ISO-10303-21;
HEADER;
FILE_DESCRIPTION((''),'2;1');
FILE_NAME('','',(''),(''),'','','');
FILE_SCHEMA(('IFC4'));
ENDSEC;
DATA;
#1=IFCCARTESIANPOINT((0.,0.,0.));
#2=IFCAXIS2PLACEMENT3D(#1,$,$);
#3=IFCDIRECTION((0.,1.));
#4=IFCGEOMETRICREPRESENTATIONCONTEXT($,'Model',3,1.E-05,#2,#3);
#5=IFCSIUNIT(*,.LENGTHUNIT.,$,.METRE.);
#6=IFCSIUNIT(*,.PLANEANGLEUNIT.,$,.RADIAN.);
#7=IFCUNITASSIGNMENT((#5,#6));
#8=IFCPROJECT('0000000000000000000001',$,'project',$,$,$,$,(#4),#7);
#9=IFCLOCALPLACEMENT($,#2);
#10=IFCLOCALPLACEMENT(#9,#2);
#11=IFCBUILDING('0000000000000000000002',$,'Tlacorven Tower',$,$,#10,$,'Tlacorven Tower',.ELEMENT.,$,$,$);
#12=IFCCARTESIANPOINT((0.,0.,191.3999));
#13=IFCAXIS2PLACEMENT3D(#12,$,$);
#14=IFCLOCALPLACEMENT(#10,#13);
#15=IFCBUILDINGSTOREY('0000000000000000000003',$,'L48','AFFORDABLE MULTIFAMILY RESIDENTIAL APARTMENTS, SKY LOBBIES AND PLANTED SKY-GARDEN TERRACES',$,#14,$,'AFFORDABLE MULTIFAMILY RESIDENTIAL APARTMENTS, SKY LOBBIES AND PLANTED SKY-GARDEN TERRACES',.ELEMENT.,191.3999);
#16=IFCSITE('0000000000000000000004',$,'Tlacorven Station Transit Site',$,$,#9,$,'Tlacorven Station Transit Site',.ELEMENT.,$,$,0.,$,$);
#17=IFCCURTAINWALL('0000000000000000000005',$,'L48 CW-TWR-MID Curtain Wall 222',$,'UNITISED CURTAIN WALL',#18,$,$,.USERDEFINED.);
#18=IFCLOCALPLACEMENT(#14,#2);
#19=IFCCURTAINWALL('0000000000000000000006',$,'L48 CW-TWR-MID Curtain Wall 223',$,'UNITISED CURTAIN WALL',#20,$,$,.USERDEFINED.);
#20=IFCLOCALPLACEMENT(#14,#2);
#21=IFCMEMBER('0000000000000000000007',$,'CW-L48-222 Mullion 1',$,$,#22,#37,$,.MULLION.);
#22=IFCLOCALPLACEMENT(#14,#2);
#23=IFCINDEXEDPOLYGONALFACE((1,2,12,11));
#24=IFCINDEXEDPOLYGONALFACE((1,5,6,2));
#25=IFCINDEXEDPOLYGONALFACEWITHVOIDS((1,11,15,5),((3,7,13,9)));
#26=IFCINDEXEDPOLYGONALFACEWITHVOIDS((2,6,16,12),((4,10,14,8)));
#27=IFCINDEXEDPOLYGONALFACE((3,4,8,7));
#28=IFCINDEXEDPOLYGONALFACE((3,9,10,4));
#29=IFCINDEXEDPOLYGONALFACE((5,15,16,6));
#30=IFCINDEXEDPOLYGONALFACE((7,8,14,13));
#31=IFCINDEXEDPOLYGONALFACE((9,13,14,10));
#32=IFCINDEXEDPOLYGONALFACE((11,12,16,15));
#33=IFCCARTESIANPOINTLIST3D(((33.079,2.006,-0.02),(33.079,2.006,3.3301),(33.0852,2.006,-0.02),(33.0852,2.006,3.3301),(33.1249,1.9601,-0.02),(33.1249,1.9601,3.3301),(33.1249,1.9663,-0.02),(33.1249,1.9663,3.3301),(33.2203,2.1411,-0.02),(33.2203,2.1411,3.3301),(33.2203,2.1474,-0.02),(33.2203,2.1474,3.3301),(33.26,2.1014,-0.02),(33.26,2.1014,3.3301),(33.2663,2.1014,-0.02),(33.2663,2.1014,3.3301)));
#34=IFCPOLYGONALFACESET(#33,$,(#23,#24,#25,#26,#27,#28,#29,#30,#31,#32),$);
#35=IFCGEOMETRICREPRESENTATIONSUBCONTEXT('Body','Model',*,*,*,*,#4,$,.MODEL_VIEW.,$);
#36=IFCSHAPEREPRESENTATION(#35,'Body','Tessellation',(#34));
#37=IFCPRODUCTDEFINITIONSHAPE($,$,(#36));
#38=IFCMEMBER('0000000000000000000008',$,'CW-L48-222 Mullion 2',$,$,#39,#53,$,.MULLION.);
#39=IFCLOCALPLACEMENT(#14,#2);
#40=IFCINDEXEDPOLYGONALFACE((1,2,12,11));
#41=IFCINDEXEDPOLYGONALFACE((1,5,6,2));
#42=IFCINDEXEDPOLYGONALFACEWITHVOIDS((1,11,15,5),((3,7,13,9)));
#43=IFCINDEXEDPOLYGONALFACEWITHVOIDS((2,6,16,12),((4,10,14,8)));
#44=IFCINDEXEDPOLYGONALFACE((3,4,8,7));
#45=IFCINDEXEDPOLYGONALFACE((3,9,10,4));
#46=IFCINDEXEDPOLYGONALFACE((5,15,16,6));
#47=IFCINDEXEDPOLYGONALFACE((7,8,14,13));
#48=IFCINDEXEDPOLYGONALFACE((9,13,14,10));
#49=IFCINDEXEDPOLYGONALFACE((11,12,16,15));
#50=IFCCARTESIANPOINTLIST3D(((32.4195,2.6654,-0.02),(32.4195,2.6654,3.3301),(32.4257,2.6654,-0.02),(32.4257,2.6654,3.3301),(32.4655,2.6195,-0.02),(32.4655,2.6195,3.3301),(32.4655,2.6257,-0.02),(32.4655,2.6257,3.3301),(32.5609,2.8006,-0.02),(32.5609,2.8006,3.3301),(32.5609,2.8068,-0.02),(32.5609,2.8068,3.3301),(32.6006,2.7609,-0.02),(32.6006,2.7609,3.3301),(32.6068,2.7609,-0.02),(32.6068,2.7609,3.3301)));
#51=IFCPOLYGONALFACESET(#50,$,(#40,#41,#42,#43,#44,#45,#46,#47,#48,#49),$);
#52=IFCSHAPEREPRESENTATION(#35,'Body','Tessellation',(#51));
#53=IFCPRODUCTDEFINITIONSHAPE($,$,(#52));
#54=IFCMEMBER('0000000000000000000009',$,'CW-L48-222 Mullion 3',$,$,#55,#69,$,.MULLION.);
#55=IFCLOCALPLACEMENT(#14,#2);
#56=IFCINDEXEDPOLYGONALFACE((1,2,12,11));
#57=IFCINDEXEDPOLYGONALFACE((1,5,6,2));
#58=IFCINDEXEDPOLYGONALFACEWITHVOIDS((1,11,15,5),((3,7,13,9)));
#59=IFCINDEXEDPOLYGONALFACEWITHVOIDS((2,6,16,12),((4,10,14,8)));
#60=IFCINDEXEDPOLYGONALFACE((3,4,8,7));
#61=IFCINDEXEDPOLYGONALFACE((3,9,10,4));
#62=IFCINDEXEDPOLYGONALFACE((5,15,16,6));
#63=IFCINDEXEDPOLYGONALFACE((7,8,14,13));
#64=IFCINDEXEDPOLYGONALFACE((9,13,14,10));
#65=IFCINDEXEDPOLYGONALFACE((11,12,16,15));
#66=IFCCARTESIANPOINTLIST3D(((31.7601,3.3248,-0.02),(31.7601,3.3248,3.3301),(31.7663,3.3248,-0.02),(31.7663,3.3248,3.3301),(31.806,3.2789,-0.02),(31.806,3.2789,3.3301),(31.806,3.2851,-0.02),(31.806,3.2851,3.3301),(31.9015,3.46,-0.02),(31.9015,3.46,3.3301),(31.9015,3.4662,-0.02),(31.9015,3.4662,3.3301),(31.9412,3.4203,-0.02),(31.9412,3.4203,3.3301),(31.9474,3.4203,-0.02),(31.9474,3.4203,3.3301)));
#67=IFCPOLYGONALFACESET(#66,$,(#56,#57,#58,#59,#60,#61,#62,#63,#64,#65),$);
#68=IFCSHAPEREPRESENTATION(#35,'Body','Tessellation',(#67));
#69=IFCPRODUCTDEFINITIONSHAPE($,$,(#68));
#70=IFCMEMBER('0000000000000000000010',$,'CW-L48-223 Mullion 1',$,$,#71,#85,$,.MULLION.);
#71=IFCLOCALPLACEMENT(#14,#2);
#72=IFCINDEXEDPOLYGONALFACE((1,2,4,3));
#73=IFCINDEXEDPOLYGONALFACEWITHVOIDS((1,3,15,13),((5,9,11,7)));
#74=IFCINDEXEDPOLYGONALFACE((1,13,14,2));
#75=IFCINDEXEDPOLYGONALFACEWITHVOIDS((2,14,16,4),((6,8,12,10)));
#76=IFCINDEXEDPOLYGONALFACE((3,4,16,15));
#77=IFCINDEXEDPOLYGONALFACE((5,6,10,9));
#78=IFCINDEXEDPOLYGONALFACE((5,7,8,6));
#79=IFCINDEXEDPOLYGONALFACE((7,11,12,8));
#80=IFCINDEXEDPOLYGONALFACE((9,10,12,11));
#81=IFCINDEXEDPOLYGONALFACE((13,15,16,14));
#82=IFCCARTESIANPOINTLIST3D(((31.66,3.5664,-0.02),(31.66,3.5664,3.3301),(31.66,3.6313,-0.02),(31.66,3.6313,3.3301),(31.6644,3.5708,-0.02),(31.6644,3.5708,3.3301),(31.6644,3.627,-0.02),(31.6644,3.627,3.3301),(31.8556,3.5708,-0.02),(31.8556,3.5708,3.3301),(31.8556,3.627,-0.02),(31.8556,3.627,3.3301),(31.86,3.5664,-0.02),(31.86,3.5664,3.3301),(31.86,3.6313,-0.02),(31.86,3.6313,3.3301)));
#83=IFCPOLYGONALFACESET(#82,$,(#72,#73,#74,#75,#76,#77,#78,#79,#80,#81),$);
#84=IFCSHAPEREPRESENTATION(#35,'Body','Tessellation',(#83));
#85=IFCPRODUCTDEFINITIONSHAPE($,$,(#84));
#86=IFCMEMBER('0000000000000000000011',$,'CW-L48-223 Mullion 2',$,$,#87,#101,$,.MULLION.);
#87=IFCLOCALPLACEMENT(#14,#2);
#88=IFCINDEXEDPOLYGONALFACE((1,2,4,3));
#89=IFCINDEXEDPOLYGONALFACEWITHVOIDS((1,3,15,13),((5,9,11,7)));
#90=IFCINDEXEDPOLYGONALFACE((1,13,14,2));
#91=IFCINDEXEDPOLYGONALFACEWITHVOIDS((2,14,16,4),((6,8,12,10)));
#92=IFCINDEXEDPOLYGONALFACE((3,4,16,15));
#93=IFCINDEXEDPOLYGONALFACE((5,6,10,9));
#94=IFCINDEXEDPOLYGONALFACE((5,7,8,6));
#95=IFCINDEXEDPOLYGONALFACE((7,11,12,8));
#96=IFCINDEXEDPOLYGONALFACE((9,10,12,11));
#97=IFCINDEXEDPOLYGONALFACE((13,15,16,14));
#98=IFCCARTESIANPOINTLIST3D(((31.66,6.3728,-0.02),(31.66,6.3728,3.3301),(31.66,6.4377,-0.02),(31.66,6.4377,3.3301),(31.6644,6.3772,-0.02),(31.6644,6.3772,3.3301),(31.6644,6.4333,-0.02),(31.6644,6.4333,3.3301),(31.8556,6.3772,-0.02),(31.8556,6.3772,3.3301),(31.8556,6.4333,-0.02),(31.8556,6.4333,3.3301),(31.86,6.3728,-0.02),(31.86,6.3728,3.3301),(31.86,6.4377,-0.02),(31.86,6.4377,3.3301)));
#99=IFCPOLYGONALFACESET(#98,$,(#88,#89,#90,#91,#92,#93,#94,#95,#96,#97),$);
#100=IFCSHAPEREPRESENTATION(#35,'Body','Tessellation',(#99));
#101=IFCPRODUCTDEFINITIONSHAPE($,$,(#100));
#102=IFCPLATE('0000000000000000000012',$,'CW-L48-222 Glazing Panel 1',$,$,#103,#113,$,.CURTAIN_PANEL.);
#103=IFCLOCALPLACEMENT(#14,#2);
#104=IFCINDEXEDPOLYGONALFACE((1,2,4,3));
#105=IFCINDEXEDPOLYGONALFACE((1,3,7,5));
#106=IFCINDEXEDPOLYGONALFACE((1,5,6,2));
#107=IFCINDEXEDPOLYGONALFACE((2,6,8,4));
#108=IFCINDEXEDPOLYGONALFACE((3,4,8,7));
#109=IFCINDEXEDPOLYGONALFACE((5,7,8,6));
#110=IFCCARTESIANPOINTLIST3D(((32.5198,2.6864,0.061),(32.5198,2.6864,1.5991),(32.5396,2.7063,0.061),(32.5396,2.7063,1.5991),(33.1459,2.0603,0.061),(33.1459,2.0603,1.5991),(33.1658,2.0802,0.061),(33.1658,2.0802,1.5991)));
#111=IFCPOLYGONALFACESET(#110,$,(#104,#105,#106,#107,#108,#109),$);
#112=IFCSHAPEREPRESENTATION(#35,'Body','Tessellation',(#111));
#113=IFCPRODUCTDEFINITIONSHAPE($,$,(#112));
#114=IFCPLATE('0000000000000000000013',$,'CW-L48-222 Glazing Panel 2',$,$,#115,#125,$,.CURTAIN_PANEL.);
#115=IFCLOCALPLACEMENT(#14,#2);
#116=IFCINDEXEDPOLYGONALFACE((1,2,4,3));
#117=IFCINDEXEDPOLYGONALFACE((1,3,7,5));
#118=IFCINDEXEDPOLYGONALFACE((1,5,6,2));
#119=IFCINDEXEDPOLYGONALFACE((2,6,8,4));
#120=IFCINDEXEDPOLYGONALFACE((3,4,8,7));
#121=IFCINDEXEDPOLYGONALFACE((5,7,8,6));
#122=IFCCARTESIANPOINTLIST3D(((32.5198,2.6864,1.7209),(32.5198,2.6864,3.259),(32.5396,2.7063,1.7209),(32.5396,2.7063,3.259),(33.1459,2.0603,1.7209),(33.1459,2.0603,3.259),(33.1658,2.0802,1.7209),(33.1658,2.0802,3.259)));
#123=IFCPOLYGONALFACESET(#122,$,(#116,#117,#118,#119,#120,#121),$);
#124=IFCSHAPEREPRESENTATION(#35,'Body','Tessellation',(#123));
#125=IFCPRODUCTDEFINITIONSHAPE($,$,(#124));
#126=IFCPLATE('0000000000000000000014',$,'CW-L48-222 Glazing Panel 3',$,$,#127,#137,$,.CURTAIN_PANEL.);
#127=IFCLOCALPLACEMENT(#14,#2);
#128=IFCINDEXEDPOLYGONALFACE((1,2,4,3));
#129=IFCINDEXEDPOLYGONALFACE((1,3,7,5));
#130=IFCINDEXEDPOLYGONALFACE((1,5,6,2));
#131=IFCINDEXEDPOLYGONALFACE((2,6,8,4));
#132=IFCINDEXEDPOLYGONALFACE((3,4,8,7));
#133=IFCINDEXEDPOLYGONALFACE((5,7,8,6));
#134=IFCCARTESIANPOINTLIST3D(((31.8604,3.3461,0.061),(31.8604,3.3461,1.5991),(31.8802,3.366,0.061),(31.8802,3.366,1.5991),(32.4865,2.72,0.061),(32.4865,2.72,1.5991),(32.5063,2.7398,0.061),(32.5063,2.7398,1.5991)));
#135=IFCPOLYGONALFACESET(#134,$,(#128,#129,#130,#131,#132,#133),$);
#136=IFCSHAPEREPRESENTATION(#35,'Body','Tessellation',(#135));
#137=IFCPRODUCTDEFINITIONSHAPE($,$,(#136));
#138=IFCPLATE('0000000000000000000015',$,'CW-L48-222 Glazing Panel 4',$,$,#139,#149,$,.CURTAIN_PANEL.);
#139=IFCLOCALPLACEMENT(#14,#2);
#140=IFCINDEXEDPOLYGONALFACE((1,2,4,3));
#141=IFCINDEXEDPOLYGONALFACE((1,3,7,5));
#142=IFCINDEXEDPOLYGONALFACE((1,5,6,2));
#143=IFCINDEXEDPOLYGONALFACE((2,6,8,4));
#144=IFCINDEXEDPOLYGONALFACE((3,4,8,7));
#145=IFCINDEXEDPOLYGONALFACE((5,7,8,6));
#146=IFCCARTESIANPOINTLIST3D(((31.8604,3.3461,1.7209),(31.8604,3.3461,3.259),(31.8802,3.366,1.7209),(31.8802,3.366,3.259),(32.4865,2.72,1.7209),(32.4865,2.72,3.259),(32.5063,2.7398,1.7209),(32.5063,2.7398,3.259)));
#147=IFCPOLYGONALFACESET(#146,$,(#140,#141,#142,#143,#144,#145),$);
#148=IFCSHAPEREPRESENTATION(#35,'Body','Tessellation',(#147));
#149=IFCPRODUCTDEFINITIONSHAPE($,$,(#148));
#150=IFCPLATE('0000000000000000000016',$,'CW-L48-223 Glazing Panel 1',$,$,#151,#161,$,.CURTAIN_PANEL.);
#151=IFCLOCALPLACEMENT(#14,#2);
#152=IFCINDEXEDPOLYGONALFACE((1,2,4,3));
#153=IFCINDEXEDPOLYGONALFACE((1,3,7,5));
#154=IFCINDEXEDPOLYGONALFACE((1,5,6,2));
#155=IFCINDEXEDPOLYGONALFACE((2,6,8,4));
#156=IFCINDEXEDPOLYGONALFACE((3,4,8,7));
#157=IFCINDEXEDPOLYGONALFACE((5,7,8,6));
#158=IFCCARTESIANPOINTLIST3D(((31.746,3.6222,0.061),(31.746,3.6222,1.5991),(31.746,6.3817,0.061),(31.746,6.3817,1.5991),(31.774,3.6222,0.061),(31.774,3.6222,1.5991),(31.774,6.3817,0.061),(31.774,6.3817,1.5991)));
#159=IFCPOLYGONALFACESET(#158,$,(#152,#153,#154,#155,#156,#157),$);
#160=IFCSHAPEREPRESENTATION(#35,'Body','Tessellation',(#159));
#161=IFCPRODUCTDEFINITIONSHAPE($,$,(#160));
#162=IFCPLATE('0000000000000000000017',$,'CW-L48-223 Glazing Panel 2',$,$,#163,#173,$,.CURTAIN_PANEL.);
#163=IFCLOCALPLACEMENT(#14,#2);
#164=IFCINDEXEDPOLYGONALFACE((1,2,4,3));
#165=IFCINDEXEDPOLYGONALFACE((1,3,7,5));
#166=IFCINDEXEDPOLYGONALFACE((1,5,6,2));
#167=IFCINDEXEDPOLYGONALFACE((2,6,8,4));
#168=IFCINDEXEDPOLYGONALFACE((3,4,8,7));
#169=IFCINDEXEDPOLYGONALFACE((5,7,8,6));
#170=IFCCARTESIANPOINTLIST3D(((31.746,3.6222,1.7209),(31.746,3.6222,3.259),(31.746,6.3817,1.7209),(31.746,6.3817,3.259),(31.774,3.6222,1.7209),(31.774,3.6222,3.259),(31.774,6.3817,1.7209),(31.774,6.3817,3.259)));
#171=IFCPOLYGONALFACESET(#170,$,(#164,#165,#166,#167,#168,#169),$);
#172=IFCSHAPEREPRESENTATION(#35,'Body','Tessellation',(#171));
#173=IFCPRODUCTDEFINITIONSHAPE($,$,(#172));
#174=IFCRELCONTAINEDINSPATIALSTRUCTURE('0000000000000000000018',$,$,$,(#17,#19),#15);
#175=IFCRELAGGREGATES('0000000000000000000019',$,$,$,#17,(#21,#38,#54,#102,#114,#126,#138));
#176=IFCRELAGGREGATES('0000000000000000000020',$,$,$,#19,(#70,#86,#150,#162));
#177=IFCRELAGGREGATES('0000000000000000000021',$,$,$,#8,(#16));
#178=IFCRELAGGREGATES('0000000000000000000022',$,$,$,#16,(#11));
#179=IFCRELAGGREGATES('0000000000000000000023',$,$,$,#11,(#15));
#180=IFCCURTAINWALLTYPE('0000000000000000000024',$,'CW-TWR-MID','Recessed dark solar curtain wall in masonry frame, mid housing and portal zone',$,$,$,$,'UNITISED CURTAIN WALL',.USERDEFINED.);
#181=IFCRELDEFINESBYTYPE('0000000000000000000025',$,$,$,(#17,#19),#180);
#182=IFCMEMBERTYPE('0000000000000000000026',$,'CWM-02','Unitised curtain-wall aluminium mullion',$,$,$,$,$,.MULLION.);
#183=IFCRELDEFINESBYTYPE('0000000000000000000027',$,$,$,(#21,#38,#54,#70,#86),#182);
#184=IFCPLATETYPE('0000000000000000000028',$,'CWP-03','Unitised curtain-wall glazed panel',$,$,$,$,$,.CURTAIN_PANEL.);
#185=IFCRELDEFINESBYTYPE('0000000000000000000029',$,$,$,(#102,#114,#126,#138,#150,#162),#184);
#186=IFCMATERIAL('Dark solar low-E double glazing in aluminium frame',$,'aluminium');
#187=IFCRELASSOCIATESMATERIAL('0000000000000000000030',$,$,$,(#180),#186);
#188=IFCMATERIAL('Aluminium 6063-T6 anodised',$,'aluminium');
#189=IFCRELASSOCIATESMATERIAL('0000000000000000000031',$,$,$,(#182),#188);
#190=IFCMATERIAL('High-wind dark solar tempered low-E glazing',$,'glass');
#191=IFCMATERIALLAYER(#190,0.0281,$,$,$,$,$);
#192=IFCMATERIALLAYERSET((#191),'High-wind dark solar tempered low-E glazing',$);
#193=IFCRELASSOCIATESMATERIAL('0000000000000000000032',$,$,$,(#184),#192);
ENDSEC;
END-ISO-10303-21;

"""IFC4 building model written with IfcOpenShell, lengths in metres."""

from ifc_helpers import new_model, si_unit, direction, frame, origin, origin_2d, place, context, subcontext, project, spatial, rectangle, hollow_rectangle, extrude, source, transform, mapped, material, layer, layer_set, material_profile, profile_set, type_object, element, aggregate, save


model = new_model("IFC4")

# Units and contexts
model_context = context("Model", 3, precision=1e-05, world=origin(), true_north=direction((0.0, 1.0)))
body_context = subcontext(model_context, "Body", "Model", "MODEL_VIEW")
ifc_project = project(units=[si_unit("LENGTHUNIT", "METRE"), si_unit("PLANEANGLEUNIT", "RADIAN")], contexts=[model_context])

# Site, building, storey
site_placement = place(None, origin())
site = spatial("IfcSite", under=ifc_project, at=site_placement, Name="Tlacorven Station Transit Site", LongName="Tlacorven Station Transit Site", CompositionType="ELEMENT", RefElevation=0.0)
building_placement = place(site_placement, origin())
building = spatial("IfcBuilding", under=site, at=building_placement, Name="Tlacorven Tower", LongName="Tlacorven Tower", CompositionType="ELEMENT")
storey_placement = place(building_placement, frame((0.0, 0.0, 191.3999)))
storey = spatial("IfcBuildingStorey", under=building, at=storey_placement, Name="L48", Description="AFFORDABLE MULTIFAMILY RESIDENTIAL APARTMENTS, SKY LOBBIES AND PLANTED SKY-GARDEN TERRACES", LongName="AFFORDABLE MULTIFAMILY RESIDENTIAL APARTMENTS, SKY LOBBIES AND PLANTED SKY-GARDEN TERRACES", CompositionType="ELEMENT", Elevation=191.3999)

# Curtain walls
ifc_material_1 = material(Name="Dark solar low-E double glazing in aluminium frame", Category="aluminium")
curtain_wall_type = type_object("IfcCurtainWallType", Name="CW-TWR-MID", Description="Recessed dark solar curtain wall in masonry frame, mid housing and portal zone", ElementType="UNITISED CURTAIN WALL", PredefinedType="USERDEFINED", material=ifc_material_1)
curtain_wall_1_placement = place(storey_placement, origin())
curtain_wall_1 = element("IfcCurtainWall", 1, at=curtain_wall_1_placement, inside=storey, type_object=curtain_wall_type, Name="L48 CW-TWR-MID Curtain Wall 222", ObjectType="UNITISED CURTAIN WALL", PredefinedType="USERDEFINED")
ifc_material_2 = material(Name="Aluminium 6063-T6 anodised", Category="aluminium")
curtain_wall_2_placement = place(storey_placement, origin())
curtain_wall_2 = element("IfcCurtainWall", 2, at=curtain_wall_2_placement, inside=storey, type_object=curtain_wall_type, Name="L48 CW-TWR-MID Curtain Wall 223", ObjectType="UNITISED CURTAIN WALL", PredefinedType="USERDEFINED")

# Shared definitions
ifc_material_profile_1 = material_profile(ifc_material_2, hollow_rectangle(XDim=0.0649, YDim=0.2, WallThickness=0.0044, at=origin_2d()), Name="ALU MULLION 65X200")
ifc_profile_set_1 = profile_set([ifc_material_profile_1], Name="Aluminium 6063-T6 anodised")
member_type_1 = type_object("IfcMemberType", Name="CWM-02", Description="Unitised curtain-wall aluminium mullion", PredefinedType="MULLION", material=ifc_profile_set_1)
shared_shape_1 = source(origin(), body_context, "Body", "SweptSolid", [
    extrude(hollow_rectangle(XDim=0.0649, YDim=0.2, WallThickness=0.0044, at=origin_2d()), origin(), (0.0, 0.0, 1.0), 3.3501),
])

# Members
member_1_placement = place(storey_placement, frame((33.1726, 2.0537, -0.02), z_axis=(0.0, 0.0, 1.0), x_axis=(-0.707107, 0.707107, 0.0)))
member_1 = element("IfcMember", 3, at=member_1_placement, type_object=member_type_1, Name="CW-L48-222 Mullion 1", PredefinedType="MULLION", context=body_context, shape_type="MappedRepresentation", body=[
    mapped(shared_shape_1, transform((0.0, 0.0, 0.0), scale=1.0)),
])
member_2_placement = place(storey_placement, frame((32.5132, 2.7131, -0.02), z_axis=(0.0, 0.0, 1.0), x_axis=(-0.707107, 0.707107, 0.0)))
member_2 = element("IfcMember", 4, at=member_2_placement, type_object=member_type_1, Name="CW-L48-222 Mullion 2", PredefinedType="MULLION", context=body_context, shape_type="MappedRepresentation", body=[
    mapped(shared_shape_1, transform((0.0, 0.0, 0.0), scale=1.0)),
])
member_3_placement = place(storey_placement, frame((31.8538, 3.3726, -0.02), z_axis=(0.0, 0.0, 1.0), x_axis=(-0.707107, 0.707107, 0.0)))
member_3 = element("IfcMember", 5, at=member_3_placement, type_object=member_type_1, Name="CW-L48-222 Mullion 3", PredefinedType="MULLION", context=body_context, shape_type="MappedRepresentation", body=[
    mapped(shared_shape_1, transform((0.0, 0.0, 0.0), scale=1.0)),
])
member_4_placement = place(storey_placement, frame((31.76, 3.5989, -0.02), z_axis=(0.0, 0.0, 1.0), x_axis=(0.0, 1.0, 0.0)))
member_4 = element("IfcMember", 6, at=member_4_placement, type_object=member_type_1, Name="CW-L48-223 Mullion 1", PredefinedType="MULLION", context=body_context, shape_type="MappedRepresentation", body=[
    mapped(shared_shape_1, transform((0.0, 0.0, 0.0), scale=1.0)),
])
member_5_placement = place(storey_placement, frame((31.76, 6.4053, -0.02), z_axis=(0.0, 0.0, 1.0), x_axis=(0.0, 1.0, 0.0)))
member_5 = element("IfcMember", 7, at=member_5_placement, type_object=member_type_1, Name="CW-L48-223 Mullion 2", PredefinedType="MULLION", context=body_context, shape_type="MappedRepresentation", body=[
    mapped(shared_shape_1, transform((0.0, 0.0, 0.0), scale=1.0)),
])

# Plates
ifc_material_3 = material(Name="High-wind dark solar tempered low-E glazing", Category="glass")
ifc_layer = layer(ifc_material_3, 0.0281)
ifc_layer_set = layer_set([ifc_layer], Name="High-wind dark solar tempered low-E glazing")
plate_type = type_object("IfcPlateType", Name="CWP-03", Description="Unitised curtain-wall glazed panel", PredefinedType="CURTAIN_PANEL", material=ifc_layer_set)
shared_shape_2 = source(origin(), body_context, "Body", "SweptSolid", [
    extrude(rectangle(XDim=0.8855, YDim=0.0281, at=origin_2d()), origin(), (0.0, 0.0, 1.0), 1.5381),
])
plate_1_placement = place(storey_placement, frame((32.8428, 2.3833, 0.061), z_axis=(0.0, 0.0, 1.0), x_axis=(-0.707107, 0.707107, 0.0)))
plate_1 = element("IfcPlate", 8, at=plate_1_placement, type_object=plate_type, Name="CW-L48-222 Glazing Panel 1", PredefinedType="CURTAIN_PANEL", context=body_context, shape_type="MappedRepresentation", body=[
    mapped(shared_shape_2, transform((0.0, 0.0, 0.0), scale=1.0)),
])
plate_2_placement = place(storey_placement, frame((32.8428, 2.3833, 1.7209), z_axis=(0.0, 0.0, 1.0), x_axis=(-0.707107, 0.707107, 0.0)))
plate_2 = element("IfcPlate", 9, at=plate_2_placement, type_object=plate_type, Name="CW-L48-222 Glazing Panel 2", PredefinedType="CURTAIN_PANEL", context=body_context, shape_type="MappedRepresentation", body=[
    mapped(shared_shape_2, transform((0.0, 0.0, 0.0), scale=1.0)),
])
plate_3_placement = place(storey_placement, frame((32.1833, 3.043, 0.061), z_axis=(0.0, 0.0, 1.0), x_axis=(-0.707107, 0.707107, 0.0)))
plate_3 = element("IfcPlate", 10, at=plate_3_placement, type_object=plate_type, Name="CW-L48-222 Glazing Panel 3", PredefinedType="CURTAIN_PANEL", context=body_context, shape_type="MappedRepresentation", body=[
    mapped(shared_shape_2, transform((0.0, 0.0, 0.0), scale=1.0)),
])
plate_4_placement = place(storey_placement, frame((32.1833, 3.043, 1.7209), z_axis=(0.0, 0.0, 1.0), x_axis=(-0.707107, 0.707107, 0.0)))
plate_4 = element("IfcPlate", 11, at=plate_4_placement, type_object=plate_type, Name="CW-L48-222 Glazing Panel 4", PredefinedType="CURTAIN_PANEL", context=body_context, shape_type="MappedRepresentation", body=[
    mapped(shared_shape_2, transform((0.0, 0.0, 0.0), scale=1.0)),
])
aggregate(curtain_wall_1, [member_1, member_2, member_3, plate_1, plate_2, plate_3, plate_4])
shared_shape_3 = source(origin(), body_context, "Body", "SweptSolid", [
    extrude(rectangle(XDim=2.7595, YDim=0.0281, at=origin_2d()), origin(), (0.0, 0.0, 1.0), 1.5381),
])
plate_5_placement = place(storey_placement, frame((31.76, 5.002, 0.061), z_axis=(0.0, 0.0, 1.0), x_axis=(0.0, 1.0, 0.0)))
plate_5 = element("IfcPlate", 12, at=plate_5_placement, type_object=plate_type, Name="CW-L48-223 Glazing Panel 1", PredefinedType="CURTAIN_PANEL", context=body_context, shape_type="MappedRepresentation", body=[
    mapped(shared_shape_3, transform((0.0, 0.0, 0.0), scale=1.0)),
])
plate_6_placement = place(storey_placement, frame((31.76, 5.002, 1.7209), z_axis=(0.0, 0.0, 1.0), x_axis=(0.0, 1.0, 0.0)))
plate_6 = element("IfcPlate", 13, at=plate_6_placement, type_object=plate_type, Name="CW-L48-223 Glazing Panel 2", PredefinedType="CURTAIN_PANEL", context=body_context, shape_type="MappedRepresentation", body=[
    mapped(shared_shape_3, transform((0.0, 0.0, 0.0), scale=1.0)),
])
aggregate(curtain_wall_2, [member_4, member_5, plate_5, plate_6])

save(model, "model.ifc")
